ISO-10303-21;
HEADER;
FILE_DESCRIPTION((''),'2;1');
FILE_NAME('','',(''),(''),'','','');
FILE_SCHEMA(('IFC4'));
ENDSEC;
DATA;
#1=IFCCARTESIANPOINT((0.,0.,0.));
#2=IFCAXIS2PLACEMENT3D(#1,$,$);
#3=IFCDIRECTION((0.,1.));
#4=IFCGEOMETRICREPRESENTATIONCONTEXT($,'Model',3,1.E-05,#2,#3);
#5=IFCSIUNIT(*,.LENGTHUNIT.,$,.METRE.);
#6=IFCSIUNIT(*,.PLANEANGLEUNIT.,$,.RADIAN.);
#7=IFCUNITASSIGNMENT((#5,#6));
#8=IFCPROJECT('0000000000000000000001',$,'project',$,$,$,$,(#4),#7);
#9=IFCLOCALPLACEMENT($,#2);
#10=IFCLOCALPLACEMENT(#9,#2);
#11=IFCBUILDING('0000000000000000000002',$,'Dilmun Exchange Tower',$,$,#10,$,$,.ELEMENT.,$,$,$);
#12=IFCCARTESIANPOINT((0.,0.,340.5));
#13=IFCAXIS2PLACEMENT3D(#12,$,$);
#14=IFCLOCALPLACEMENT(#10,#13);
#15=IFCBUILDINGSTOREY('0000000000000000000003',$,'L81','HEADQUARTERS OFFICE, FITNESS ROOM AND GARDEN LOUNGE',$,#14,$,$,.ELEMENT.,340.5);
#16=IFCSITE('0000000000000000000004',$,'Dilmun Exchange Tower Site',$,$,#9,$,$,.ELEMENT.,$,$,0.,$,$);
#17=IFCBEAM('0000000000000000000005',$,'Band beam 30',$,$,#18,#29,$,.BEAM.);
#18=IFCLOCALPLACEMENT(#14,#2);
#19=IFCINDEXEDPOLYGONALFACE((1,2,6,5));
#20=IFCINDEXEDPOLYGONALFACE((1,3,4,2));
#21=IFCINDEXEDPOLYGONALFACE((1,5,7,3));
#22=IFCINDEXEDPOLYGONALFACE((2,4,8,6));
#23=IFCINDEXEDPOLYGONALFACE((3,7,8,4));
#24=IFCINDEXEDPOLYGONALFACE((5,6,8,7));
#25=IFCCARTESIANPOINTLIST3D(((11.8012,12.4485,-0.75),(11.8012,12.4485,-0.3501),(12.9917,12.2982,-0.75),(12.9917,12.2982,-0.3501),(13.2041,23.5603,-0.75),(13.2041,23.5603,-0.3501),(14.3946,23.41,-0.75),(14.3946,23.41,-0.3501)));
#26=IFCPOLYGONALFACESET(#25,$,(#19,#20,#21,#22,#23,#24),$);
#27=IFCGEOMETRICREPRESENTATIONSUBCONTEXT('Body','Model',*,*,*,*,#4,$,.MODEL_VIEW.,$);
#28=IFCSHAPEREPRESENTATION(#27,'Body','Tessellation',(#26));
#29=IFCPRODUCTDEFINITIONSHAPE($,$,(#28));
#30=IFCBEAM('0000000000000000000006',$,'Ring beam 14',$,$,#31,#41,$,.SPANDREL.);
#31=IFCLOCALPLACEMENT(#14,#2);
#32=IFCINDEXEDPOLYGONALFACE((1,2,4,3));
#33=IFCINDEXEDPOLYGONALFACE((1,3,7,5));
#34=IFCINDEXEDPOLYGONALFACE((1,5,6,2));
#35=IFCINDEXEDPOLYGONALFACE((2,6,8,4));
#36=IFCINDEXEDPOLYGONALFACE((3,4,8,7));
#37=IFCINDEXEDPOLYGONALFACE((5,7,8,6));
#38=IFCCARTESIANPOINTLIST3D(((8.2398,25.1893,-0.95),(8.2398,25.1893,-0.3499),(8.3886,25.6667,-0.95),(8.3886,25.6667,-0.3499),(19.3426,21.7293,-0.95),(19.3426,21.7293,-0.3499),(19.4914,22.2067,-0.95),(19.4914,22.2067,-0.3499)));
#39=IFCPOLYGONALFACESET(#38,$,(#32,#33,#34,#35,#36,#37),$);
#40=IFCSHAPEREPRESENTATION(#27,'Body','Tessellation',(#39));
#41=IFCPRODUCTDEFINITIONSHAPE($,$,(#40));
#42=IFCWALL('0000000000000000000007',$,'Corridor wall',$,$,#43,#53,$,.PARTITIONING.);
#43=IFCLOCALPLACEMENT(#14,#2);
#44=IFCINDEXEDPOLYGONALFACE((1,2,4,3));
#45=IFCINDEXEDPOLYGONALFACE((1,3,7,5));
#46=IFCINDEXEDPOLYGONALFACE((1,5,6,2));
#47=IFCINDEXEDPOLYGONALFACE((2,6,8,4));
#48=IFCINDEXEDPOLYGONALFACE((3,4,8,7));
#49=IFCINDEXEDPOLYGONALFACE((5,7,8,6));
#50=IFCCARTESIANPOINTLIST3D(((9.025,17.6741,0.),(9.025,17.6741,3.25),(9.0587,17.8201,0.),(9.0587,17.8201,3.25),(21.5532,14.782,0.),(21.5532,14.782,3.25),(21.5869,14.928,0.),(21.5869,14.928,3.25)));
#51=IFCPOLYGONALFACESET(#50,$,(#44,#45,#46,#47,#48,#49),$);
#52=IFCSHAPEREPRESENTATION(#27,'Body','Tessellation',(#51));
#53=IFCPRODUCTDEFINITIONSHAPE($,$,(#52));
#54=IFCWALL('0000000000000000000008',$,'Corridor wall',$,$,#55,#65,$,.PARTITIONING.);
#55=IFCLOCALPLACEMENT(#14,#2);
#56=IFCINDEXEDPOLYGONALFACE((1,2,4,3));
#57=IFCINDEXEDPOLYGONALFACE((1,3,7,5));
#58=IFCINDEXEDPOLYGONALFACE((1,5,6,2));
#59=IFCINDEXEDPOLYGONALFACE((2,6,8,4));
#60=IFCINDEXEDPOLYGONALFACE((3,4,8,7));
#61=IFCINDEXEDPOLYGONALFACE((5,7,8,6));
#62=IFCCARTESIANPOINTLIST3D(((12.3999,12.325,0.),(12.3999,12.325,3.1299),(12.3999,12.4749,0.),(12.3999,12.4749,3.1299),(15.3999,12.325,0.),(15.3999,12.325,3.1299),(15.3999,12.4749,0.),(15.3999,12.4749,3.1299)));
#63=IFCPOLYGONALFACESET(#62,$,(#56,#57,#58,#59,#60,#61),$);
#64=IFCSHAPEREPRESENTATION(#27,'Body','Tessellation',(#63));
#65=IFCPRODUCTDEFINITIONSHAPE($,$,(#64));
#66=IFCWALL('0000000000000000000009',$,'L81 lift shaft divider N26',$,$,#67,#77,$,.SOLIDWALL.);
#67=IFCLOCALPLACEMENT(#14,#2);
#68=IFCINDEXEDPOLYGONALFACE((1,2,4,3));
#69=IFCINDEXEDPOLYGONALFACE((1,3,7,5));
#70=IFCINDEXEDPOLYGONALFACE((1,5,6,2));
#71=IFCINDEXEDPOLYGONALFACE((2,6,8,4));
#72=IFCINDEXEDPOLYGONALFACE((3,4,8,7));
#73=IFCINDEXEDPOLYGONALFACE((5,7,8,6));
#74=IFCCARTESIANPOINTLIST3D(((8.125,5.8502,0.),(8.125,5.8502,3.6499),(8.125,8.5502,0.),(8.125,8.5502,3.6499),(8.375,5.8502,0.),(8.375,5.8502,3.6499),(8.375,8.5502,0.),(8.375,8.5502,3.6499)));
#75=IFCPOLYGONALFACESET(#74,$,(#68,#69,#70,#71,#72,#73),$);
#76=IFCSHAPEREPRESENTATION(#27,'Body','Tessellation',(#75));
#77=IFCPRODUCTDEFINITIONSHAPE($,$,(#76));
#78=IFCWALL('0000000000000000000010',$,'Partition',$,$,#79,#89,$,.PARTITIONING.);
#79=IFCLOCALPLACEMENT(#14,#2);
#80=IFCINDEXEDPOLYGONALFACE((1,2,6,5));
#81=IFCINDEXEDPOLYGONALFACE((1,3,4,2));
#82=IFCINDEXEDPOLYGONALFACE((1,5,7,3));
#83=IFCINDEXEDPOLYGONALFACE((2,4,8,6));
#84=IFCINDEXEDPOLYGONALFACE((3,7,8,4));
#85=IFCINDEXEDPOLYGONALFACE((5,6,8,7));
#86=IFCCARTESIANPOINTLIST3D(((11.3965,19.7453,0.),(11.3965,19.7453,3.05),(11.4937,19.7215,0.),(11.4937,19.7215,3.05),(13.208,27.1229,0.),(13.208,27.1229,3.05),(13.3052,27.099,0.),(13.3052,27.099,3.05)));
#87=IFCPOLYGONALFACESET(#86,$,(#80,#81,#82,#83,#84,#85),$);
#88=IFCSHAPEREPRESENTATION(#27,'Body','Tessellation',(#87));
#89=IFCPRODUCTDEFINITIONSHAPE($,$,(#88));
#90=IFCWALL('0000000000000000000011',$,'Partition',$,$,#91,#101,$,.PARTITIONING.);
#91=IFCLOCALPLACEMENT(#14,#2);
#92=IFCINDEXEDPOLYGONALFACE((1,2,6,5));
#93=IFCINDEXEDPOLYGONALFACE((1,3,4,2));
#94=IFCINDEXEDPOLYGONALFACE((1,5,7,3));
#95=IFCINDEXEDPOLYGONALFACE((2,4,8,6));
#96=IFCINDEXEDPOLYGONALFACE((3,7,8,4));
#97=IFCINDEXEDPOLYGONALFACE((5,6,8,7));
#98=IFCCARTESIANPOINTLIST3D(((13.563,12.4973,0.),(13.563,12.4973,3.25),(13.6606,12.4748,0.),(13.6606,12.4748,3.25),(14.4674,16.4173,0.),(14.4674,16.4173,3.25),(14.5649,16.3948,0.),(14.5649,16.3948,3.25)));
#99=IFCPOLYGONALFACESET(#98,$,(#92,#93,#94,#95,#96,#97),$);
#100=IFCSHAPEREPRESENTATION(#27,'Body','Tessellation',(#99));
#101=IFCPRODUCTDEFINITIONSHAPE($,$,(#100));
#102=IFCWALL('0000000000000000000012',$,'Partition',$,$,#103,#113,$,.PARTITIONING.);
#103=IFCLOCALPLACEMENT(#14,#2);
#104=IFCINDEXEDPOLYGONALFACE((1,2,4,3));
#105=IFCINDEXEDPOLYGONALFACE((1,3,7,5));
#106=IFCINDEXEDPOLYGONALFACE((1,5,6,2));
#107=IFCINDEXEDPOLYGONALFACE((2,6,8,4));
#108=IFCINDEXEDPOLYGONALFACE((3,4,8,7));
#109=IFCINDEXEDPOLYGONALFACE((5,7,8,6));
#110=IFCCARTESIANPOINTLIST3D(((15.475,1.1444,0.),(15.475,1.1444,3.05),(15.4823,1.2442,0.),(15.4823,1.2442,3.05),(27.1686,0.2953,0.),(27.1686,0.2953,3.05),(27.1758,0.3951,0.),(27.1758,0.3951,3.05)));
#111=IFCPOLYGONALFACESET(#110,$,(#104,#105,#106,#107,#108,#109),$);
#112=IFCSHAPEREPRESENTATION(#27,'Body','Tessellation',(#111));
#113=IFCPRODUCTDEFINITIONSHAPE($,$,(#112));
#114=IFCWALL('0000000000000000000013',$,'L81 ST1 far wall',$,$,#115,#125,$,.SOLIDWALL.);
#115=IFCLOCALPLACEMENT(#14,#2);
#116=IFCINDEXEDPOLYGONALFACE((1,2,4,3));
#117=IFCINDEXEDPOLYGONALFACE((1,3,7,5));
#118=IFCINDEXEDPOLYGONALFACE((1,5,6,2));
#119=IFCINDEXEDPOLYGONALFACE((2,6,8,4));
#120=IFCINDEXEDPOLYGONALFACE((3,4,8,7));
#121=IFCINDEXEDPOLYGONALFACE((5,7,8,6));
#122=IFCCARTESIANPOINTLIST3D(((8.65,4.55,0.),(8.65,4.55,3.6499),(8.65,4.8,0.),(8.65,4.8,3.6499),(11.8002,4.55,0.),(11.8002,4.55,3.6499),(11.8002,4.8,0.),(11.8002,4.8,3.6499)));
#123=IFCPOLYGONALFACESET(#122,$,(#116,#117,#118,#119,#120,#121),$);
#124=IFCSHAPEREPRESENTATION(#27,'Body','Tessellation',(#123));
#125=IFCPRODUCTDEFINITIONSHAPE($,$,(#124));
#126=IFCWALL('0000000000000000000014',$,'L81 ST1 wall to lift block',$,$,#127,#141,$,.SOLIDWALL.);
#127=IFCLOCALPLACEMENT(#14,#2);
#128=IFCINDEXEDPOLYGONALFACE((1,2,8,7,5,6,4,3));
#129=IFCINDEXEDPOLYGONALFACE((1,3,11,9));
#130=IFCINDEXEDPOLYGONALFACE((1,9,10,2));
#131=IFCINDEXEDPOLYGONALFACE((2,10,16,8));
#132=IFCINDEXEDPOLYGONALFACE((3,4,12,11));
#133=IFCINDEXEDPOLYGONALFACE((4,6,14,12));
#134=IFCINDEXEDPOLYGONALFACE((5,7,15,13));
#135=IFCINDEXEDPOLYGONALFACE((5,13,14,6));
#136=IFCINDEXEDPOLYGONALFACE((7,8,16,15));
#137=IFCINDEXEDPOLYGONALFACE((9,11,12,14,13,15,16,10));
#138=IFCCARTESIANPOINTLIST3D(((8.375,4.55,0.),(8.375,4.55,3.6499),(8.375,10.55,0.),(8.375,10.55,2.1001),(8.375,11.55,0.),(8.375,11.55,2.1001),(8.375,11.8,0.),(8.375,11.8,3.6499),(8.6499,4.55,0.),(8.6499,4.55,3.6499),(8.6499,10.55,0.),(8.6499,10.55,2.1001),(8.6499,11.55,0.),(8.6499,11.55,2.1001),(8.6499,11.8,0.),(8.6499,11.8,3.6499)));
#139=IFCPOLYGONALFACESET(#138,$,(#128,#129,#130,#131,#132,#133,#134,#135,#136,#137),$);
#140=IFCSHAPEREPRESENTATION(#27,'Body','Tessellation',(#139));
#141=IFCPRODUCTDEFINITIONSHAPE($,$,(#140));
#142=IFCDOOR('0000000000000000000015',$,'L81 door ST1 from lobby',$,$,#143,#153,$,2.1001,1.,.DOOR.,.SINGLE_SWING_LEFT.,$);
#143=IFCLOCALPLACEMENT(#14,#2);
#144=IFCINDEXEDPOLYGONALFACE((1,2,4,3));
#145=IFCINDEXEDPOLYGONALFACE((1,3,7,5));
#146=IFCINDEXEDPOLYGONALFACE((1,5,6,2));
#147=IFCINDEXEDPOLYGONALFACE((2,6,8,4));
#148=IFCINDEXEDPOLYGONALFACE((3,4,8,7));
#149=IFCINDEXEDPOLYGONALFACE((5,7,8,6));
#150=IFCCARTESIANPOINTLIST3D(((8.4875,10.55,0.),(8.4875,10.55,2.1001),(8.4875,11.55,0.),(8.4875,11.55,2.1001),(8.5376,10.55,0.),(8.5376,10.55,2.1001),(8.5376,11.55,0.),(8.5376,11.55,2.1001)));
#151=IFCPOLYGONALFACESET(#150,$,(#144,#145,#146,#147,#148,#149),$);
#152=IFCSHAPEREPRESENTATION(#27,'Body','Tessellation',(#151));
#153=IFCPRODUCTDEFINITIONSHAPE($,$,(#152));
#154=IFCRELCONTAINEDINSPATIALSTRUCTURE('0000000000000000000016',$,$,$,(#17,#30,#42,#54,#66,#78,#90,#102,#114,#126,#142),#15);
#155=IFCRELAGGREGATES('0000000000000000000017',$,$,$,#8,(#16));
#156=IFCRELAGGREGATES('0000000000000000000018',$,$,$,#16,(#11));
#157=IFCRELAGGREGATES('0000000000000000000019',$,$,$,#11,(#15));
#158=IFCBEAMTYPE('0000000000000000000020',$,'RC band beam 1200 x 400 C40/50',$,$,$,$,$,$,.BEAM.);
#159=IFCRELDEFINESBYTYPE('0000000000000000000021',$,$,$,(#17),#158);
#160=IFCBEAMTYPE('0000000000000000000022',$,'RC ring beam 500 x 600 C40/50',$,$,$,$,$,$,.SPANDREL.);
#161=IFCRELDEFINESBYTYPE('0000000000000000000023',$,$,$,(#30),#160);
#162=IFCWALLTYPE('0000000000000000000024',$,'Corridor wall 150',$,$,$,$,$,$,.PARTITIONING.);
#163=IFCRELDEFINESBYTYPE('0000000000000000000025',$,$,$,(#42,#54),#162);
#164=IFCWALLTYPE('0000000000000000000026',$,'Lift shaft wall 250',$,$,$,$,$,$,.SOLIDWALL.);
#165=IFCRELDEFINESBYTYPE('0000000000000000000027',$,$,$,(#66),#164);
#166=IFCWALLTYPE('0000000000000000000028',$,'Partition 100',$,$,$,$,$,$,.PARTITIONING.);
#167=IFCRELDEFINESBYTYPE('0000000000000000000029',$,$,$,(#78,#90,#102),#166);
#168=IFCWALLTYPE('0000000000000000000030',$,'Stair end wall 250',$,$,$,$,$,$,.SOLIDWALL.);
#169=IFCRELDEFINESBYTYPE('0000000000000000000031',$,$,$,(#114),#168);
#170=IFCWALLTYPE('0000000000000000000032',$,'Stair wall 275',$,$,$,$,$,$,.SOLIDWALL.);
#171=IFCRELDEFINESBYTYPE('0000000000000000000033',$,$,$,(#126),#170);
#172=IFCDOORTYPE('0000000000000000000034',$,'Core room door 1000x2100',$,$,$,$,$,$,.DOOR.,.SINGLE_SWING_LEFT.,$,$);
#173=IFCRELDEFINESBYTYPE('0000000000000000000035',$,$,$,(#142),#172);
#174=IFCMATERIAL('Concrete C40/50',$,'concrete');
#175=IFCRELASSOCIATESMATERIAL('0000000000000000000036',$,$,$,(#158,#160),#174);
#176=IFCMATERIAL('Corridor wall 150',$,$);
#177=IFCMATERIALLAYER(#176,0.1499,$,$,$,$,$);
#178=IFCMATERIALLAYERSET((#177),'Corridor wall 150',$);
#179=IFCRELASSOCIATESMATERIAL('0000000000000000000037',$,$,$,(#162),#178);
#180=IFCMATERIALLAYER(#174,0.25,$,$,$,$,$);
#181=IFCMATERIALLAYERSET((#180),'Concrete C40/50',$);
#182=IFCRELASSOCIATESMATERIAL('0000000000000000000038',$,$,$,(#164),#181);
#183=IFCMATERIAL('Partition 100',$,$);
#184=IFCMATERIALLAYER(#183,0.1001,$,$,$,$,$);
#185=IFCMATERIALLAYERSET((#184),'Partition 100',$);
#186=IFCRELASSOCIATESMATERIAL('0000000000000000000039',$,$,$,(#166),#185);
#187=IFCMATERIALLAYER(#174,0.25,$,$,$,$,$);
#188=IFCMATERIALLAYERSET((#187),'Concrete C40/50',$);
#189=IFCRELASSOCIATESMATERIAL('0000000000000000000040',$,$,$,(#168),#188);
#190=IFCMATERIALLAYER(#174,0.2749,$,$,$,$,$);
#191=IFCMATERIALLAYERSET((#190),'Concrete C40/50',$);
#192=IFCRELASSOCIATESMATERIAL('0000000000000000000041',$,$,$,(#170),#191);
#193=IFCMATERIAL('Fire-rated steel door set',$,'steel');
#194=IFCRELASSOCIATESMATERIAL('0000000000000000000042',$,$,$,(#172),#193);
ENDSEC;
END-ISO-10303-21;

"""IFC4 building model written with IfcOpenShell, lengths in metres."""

from ifc_helpers import new_model, si_unit, direction, frame, frame_2d, origin, origin_2d, place, context, subcontext, project, spatial, rectangle, extrude, material, layer, layer_set, material_profile, profile_set, type_object, element, fill, save


model = new_model("IFC4")

# Units and contexts
model_context = context("Model", 3, precision=1e-05, world=origin(), true_north=direction((0.0, 1.0)))
body_context = subcontext(model_context, "Body", "Model", "MODEL_VIEW")
ifc_project = project(units=[si_unit("LENGTHUNIT", "METRE"), si_unit("PLANEANGLEUNIT", "RADIAN")], contexts=[model_context])

# Site, building, storey
site_placement = place(None, origin())
site = spatial("IfcSite", under=ifc_project, at=site_placement, Name="Dilmun Exchange Tower Site", CompositionType="ELEMENT", RefElevation=0.0)
building_placement = place(site_placement, origin())
building = spatial("IfcBuilding", under=site, at=building_placement, Name="Dilmun Exchange Tower", CompositionType="ELEMENT")
storey_placement = place(building_placement, frame((0.0, 0.0, 340.5)))
storey = spatial("IfcBuildingStorey", under=building, at=storey_placement, Name="L81", Description="HEADQUARTERS OFFICE, FITNESS ROOM AND GARDEN LOUNGE", CompositionType="ELEMENT", Elevation=340.5)

# Beams
ifc_material_1 = material(Name="Concrete C40/50", Category="concrete")
ifc_material_profile_1 = material_profile(ifc_material_1, rectangle(XDim=1.2, YDim=0.3999, at=origin_2d()), Name="1200 x 400")
ifc_profile_set_1 = profile_set([ifc_material_profile_1], Name="Concrete C40/50")
beam_type_1 = type_object("IfcBeamType", Name="RC band beam 1200 x 400 C40/50", PredefinedType="BEAM", material=ifc_profile_set_1)
beam_1_placement = place(storey_placement, frame((13.7993, 23.4851, -0.55), z_axis=(-0.125253, -0.992125, 0.0), x_axis=(0.992125, -0.125253, 0.0)))
element("IfcBeam", 1, at=beam_1_placement, inside=storey, type_object=beam_type_1, Name="Band beam 30", PredefinedType="BEAM", context=body_context, shape_type="SweptSolid", body=[
    extrude(rectangle(XDim=1.2, YDim=0.3999, at=origin_2d()), origin(), (0.0, 0.0, 1.0), 11.2),
])
ifc_material_profile_2 = material_profile(ifc_material_1, rectangle(XDim=0.5, YDim=0.6001, at=origin_2d()), Name="500 x 600")
ifc_profile_set_2 = profile_set([ifc_material_profile_2], Name="Concrete C40/50")
beam_type_2 = type_object("IfcBeamType", Name="RC ring beam 500 x 600 C40/50", PredefinedType="SPANDREL", material=ifc_profile_set_2)
beam_2_placement = place(storey_placement, frame((19.417, 21.968, -0.6499), z_axis=(-0.954716, 0.297518, 0.0), x_axis=(-0.297518, -0.954716, 0.0)))
element("IfcBeam", 2, at=beam_2_placement, inside=storey, type_object=beam_type_2, Name="Ring beam 14", PredefinedType="SPANDREL", context=body_context, shape_type="SweptSolid", body=[
    extrude(rectangle(XDim=0.5, YDim=0.6001, at=origin_2d()), origin(), (0.0, 0.0, 1.0), 11.6294),
])

# Walls
ifc_material_2 = material(Name="Corridor wall 150")
ifc_layer_1 = layer(ifc_material_2, 0.1499)
ifc_layer_set_1 = layer_set([ifc_layer_1], Name="Corridor wall 150")
wall_type_1 = type_object("IfcWallType", Name="Corridor wall 150", PredefinedType="PARTITIONING", material=ifc_layer_set_1)
wall_1_placement = place(storey_placement, frame((9.042, 17.7471, 0.0), z_axis=(0.0, 0.0, 1.0), x_axis=(0.974374, -0.224933, 0.0)))
element("IfcWall", 3, at=wall_1_placement, inside=storey, type_object=wall_type_1, Name="Corridor wall", PredefinedType="PARTITIONING", context=body_context, shape_type="SweptSolid", body=[
    extrude(rectangle(XDim=12.8577, YDim=0.1499, at=frame_2d((6.4287, 0.0))), origin(), (0.0, 0.0, 1.0), 3.25),
])
wall_2_placement = place(storey_placement, frame((12.3999, 12.3999, 0.0), z_axis=(0.0, 0.0, 1.0), x_axis=(1.0, 0.0, 0.0)))
element("IfcWall", 4, at=wall_2_placement, inside=storey, type_object=wall_type_1, Name="Corridor wall", PredefinedType="PARTITIONING", context=body_context, shape_type="SweptSolid", body=[
    extrude(rectangle(XDim=3.0, YDim=0.1499, at=frame_2d((1.5, 0.0))), origin(), (0.0, 0.0, 1.0), 3.1299),
])
ifc_layer_2 = layer(ifc_material_1, 0.25)
ifc_layer_set_2 = layer_set([ifc_layer_2], Name="Concrete C40/50")
wall_type_2 = type_object("IfcWallType", Name="Lift shaft wall 250", PredefinedType="SOLIDWALL", material=ifc_layer_set_2)
wall_3_placement = place(storey_placement, frame((8.25, 5.8501, 0.0), z_axis=(0.0, 0.0, 1.0), x_axis=(0.0, 1.0, 0.0)))
element("IfcWall", 5, at=wall_3_placement, inside=storey, type_object=wall_type_2, Name="L81 lift shaft divider N26", PredefinedType="SOLIDWALL", context=body_context, shape_type="SweptSolid", body=[
    extrude(rectangle(XDim=2.7, YDim=0.25, at=frame_2d((1.3501, 0.0))), origin(), (0.0, 0.0, 1.0), 3.6499),
])
ifc_material_3 = material(Name="Partition 100")
ifc_layer_3 = layer(ifc_material_3, 0.1001)
ifc_layer_set_3 = layer_set([ifc_layer_3], Name="Partition 100")
wall_type_3 = type_object("IfcWallType", Name="Partition 100", PredefinedType="PARTITIONING", material=ifc_layer_set_3)
wall_4_placement = place(storey_placement, frame((11.4451, 19.7334, 0.0), z_axis=(0.0, 0.0, 1.0), x_axis=(0.238465, 0.971151, 0.0)))
element("IfcWall", 6, at=wall_4_placement, inside=storey, type_object=wall_type_3, Name="Partition", PredefinedType="PARTITIONING", context=body_context, shape_type="SweptSolid", body=[
    extrude(rectangle(XDim=7.5967, YDim=0.1001, at=frame_2d((3.7983, 0.0))), origin(), (0.0, 0.0, 1.0), 3.05),
])
wall_5_placement = place(storey_placement, frame((13.6118, 12.4861, 0.0), z_axis=(0.0, 0.0, 1.0), x_axis=(0.224789, 0.974408, 0.0)))
element("IfcWall", 7, at=wall_5_placement, inside=storey, type_object=wall_type_3, Name="Partition", PredefinedType="PARTITIONING", context=body_context, shape_type="SweptSolid", body=[
    extrude(rectangle(XDim=4.0229, YDim=0.1001, at=frame_2d((2.0115, 0.0))), origin(), (0.0, 0.0, 1.0), 3.25),
])
wall_6_placement = place(storey_placement, frame((15.4785, 1.1943, 0.0), z_axis=(0.0, 0.0, 1.0), x_axis=(0.997374, -0.072423, 0.0)))
element("IfcWall", 8, at=wall_6_placement, inside=storey, type_object=wall_type_3, Name="Partition", PredefinedType="PARTITIONING", context=body_context, shape_type="SweptSolid", body=[
    extrude(rectangle(XDim=11.7244, YDim=0.1001, at=frame_2d((5.8623, 0.0))), origin(), (0.0, 0.0, 1.0), 3.05),
])
ifc_layer_4 = layer(ifc_material_1, 0.25)
ifc_layer_set_4 = layer_set([ifc_layer_4], Name="Concrete C40/50")
wall_type_4 = type_object("IfcWallType", Name="Stair end wall 250", PredefinedType="SOLIDWALL", material=ifc_layer_set_4)
wall_7_placement = place(storey_placement, frame((8.6499, 4.675, 0.0), z_axis=(0.0, 0.0, 1.0), x_axis=(1.0, 0.0, 0.0)))
element("IfcWall", 9, at=wall_7_placement, inside=storey, type_object=wall_type_4, Name="L81 ST1 far wall", PredefinedType="SOLIDWALL", context=body_context, shape_type="SweptSolid", body=[
    extrude(rectangle(XDim=3.1501, YDim=0.25, at=frame_2d((1.5752, 0.0))), origin(), (0.0, 0.0, 1.0), 3.6499),
])

# Wall, opening, door
ifc_layer_5 = layer(ifc_material_1, 0.2749)
ifc_layer_set_5 = layer_set([ifc_layer_5], Name="Concrete C40/50")
wall_type_5 = type_object("IfcWallType", Name="Stair wall 275", PredefinedType="SOLIDWALL", material=ifc_layer_set_5)
wall_8_placement = place(storey_placement, frame((8.5125, 4.55, 0.0), z_axis=(0.0, 0.0, 1.0), x_axis=(0.0, 1.0, 0.0)))
wall_8 = element("IfcWall", 10, at=wall_8_placement, inside=storey, type_object=wall_type_5, Name="L81 ST1 wall to lift block", PredefinedType="SOLIDWALL", context=body_context, shape_type="SweptSolid", body=[
    extrude(rectangle(XDim=7.25, YDim=0.2749, at=frame_2d((3.625, 0.0))), origin(), (0.0, 0.0, 1.0), 3.6499),
])
opening_placement = place(wall_8_placement, frame((6.0, 0.0, 0.0)))
opening = element("IfcOpeningElement", 11, at=opening_placement, cuts=wall_8, PredefinedType="OPENING", context=body_context, shape_type="SweptSolid", body=[
    extrude(rectangle(XDim=1.0, YDim=2.1001, at=frame_2d((0.5, 1.05))), frame((0.0, 0.1475, 0.0), z_axis=(0.0, -1.0, 0.0), x_axis=(1.0, 0.0, 0.0)), (0.0, 0.0, 1.0), 0.2949),
])
ifc_material_4 = material(Name="Fire-rated steel door set", Category="steel")
door_type = type_object("IfcDoorType", Name="Core room door 1000x2100", OperationType="SINGLE_SWING_LEFT", PredefinedType="DOOR", material=ifc_material_4)
door_placement = place(opening_placement, origin())
door = element("IfcDoor", 12, at=door_placement, inside=storey, type_object=door_type, Name="L81 door ST1 from lobby", OperationType="SINGLE_SWING_LEFT", OverallHeight=2.1001, OverallWidth=1.0, PredefinedType="DOOR", context=body_context, shape_type="SweptSolid", body=[
    extrude(rectangle(XDim=1.0, YDim=2.1001, at=frame_2d((0.5, 1.05))), frame((0.0, 0.0249, 0.0), z_axis=(0.0, -1.0, 0.0), x_axis=(1.0, 0.0, 0.0)), (0.0, 0.0, 1.0), 0.05),
])
fill(opening, door)

save(model, "model.ifc")
